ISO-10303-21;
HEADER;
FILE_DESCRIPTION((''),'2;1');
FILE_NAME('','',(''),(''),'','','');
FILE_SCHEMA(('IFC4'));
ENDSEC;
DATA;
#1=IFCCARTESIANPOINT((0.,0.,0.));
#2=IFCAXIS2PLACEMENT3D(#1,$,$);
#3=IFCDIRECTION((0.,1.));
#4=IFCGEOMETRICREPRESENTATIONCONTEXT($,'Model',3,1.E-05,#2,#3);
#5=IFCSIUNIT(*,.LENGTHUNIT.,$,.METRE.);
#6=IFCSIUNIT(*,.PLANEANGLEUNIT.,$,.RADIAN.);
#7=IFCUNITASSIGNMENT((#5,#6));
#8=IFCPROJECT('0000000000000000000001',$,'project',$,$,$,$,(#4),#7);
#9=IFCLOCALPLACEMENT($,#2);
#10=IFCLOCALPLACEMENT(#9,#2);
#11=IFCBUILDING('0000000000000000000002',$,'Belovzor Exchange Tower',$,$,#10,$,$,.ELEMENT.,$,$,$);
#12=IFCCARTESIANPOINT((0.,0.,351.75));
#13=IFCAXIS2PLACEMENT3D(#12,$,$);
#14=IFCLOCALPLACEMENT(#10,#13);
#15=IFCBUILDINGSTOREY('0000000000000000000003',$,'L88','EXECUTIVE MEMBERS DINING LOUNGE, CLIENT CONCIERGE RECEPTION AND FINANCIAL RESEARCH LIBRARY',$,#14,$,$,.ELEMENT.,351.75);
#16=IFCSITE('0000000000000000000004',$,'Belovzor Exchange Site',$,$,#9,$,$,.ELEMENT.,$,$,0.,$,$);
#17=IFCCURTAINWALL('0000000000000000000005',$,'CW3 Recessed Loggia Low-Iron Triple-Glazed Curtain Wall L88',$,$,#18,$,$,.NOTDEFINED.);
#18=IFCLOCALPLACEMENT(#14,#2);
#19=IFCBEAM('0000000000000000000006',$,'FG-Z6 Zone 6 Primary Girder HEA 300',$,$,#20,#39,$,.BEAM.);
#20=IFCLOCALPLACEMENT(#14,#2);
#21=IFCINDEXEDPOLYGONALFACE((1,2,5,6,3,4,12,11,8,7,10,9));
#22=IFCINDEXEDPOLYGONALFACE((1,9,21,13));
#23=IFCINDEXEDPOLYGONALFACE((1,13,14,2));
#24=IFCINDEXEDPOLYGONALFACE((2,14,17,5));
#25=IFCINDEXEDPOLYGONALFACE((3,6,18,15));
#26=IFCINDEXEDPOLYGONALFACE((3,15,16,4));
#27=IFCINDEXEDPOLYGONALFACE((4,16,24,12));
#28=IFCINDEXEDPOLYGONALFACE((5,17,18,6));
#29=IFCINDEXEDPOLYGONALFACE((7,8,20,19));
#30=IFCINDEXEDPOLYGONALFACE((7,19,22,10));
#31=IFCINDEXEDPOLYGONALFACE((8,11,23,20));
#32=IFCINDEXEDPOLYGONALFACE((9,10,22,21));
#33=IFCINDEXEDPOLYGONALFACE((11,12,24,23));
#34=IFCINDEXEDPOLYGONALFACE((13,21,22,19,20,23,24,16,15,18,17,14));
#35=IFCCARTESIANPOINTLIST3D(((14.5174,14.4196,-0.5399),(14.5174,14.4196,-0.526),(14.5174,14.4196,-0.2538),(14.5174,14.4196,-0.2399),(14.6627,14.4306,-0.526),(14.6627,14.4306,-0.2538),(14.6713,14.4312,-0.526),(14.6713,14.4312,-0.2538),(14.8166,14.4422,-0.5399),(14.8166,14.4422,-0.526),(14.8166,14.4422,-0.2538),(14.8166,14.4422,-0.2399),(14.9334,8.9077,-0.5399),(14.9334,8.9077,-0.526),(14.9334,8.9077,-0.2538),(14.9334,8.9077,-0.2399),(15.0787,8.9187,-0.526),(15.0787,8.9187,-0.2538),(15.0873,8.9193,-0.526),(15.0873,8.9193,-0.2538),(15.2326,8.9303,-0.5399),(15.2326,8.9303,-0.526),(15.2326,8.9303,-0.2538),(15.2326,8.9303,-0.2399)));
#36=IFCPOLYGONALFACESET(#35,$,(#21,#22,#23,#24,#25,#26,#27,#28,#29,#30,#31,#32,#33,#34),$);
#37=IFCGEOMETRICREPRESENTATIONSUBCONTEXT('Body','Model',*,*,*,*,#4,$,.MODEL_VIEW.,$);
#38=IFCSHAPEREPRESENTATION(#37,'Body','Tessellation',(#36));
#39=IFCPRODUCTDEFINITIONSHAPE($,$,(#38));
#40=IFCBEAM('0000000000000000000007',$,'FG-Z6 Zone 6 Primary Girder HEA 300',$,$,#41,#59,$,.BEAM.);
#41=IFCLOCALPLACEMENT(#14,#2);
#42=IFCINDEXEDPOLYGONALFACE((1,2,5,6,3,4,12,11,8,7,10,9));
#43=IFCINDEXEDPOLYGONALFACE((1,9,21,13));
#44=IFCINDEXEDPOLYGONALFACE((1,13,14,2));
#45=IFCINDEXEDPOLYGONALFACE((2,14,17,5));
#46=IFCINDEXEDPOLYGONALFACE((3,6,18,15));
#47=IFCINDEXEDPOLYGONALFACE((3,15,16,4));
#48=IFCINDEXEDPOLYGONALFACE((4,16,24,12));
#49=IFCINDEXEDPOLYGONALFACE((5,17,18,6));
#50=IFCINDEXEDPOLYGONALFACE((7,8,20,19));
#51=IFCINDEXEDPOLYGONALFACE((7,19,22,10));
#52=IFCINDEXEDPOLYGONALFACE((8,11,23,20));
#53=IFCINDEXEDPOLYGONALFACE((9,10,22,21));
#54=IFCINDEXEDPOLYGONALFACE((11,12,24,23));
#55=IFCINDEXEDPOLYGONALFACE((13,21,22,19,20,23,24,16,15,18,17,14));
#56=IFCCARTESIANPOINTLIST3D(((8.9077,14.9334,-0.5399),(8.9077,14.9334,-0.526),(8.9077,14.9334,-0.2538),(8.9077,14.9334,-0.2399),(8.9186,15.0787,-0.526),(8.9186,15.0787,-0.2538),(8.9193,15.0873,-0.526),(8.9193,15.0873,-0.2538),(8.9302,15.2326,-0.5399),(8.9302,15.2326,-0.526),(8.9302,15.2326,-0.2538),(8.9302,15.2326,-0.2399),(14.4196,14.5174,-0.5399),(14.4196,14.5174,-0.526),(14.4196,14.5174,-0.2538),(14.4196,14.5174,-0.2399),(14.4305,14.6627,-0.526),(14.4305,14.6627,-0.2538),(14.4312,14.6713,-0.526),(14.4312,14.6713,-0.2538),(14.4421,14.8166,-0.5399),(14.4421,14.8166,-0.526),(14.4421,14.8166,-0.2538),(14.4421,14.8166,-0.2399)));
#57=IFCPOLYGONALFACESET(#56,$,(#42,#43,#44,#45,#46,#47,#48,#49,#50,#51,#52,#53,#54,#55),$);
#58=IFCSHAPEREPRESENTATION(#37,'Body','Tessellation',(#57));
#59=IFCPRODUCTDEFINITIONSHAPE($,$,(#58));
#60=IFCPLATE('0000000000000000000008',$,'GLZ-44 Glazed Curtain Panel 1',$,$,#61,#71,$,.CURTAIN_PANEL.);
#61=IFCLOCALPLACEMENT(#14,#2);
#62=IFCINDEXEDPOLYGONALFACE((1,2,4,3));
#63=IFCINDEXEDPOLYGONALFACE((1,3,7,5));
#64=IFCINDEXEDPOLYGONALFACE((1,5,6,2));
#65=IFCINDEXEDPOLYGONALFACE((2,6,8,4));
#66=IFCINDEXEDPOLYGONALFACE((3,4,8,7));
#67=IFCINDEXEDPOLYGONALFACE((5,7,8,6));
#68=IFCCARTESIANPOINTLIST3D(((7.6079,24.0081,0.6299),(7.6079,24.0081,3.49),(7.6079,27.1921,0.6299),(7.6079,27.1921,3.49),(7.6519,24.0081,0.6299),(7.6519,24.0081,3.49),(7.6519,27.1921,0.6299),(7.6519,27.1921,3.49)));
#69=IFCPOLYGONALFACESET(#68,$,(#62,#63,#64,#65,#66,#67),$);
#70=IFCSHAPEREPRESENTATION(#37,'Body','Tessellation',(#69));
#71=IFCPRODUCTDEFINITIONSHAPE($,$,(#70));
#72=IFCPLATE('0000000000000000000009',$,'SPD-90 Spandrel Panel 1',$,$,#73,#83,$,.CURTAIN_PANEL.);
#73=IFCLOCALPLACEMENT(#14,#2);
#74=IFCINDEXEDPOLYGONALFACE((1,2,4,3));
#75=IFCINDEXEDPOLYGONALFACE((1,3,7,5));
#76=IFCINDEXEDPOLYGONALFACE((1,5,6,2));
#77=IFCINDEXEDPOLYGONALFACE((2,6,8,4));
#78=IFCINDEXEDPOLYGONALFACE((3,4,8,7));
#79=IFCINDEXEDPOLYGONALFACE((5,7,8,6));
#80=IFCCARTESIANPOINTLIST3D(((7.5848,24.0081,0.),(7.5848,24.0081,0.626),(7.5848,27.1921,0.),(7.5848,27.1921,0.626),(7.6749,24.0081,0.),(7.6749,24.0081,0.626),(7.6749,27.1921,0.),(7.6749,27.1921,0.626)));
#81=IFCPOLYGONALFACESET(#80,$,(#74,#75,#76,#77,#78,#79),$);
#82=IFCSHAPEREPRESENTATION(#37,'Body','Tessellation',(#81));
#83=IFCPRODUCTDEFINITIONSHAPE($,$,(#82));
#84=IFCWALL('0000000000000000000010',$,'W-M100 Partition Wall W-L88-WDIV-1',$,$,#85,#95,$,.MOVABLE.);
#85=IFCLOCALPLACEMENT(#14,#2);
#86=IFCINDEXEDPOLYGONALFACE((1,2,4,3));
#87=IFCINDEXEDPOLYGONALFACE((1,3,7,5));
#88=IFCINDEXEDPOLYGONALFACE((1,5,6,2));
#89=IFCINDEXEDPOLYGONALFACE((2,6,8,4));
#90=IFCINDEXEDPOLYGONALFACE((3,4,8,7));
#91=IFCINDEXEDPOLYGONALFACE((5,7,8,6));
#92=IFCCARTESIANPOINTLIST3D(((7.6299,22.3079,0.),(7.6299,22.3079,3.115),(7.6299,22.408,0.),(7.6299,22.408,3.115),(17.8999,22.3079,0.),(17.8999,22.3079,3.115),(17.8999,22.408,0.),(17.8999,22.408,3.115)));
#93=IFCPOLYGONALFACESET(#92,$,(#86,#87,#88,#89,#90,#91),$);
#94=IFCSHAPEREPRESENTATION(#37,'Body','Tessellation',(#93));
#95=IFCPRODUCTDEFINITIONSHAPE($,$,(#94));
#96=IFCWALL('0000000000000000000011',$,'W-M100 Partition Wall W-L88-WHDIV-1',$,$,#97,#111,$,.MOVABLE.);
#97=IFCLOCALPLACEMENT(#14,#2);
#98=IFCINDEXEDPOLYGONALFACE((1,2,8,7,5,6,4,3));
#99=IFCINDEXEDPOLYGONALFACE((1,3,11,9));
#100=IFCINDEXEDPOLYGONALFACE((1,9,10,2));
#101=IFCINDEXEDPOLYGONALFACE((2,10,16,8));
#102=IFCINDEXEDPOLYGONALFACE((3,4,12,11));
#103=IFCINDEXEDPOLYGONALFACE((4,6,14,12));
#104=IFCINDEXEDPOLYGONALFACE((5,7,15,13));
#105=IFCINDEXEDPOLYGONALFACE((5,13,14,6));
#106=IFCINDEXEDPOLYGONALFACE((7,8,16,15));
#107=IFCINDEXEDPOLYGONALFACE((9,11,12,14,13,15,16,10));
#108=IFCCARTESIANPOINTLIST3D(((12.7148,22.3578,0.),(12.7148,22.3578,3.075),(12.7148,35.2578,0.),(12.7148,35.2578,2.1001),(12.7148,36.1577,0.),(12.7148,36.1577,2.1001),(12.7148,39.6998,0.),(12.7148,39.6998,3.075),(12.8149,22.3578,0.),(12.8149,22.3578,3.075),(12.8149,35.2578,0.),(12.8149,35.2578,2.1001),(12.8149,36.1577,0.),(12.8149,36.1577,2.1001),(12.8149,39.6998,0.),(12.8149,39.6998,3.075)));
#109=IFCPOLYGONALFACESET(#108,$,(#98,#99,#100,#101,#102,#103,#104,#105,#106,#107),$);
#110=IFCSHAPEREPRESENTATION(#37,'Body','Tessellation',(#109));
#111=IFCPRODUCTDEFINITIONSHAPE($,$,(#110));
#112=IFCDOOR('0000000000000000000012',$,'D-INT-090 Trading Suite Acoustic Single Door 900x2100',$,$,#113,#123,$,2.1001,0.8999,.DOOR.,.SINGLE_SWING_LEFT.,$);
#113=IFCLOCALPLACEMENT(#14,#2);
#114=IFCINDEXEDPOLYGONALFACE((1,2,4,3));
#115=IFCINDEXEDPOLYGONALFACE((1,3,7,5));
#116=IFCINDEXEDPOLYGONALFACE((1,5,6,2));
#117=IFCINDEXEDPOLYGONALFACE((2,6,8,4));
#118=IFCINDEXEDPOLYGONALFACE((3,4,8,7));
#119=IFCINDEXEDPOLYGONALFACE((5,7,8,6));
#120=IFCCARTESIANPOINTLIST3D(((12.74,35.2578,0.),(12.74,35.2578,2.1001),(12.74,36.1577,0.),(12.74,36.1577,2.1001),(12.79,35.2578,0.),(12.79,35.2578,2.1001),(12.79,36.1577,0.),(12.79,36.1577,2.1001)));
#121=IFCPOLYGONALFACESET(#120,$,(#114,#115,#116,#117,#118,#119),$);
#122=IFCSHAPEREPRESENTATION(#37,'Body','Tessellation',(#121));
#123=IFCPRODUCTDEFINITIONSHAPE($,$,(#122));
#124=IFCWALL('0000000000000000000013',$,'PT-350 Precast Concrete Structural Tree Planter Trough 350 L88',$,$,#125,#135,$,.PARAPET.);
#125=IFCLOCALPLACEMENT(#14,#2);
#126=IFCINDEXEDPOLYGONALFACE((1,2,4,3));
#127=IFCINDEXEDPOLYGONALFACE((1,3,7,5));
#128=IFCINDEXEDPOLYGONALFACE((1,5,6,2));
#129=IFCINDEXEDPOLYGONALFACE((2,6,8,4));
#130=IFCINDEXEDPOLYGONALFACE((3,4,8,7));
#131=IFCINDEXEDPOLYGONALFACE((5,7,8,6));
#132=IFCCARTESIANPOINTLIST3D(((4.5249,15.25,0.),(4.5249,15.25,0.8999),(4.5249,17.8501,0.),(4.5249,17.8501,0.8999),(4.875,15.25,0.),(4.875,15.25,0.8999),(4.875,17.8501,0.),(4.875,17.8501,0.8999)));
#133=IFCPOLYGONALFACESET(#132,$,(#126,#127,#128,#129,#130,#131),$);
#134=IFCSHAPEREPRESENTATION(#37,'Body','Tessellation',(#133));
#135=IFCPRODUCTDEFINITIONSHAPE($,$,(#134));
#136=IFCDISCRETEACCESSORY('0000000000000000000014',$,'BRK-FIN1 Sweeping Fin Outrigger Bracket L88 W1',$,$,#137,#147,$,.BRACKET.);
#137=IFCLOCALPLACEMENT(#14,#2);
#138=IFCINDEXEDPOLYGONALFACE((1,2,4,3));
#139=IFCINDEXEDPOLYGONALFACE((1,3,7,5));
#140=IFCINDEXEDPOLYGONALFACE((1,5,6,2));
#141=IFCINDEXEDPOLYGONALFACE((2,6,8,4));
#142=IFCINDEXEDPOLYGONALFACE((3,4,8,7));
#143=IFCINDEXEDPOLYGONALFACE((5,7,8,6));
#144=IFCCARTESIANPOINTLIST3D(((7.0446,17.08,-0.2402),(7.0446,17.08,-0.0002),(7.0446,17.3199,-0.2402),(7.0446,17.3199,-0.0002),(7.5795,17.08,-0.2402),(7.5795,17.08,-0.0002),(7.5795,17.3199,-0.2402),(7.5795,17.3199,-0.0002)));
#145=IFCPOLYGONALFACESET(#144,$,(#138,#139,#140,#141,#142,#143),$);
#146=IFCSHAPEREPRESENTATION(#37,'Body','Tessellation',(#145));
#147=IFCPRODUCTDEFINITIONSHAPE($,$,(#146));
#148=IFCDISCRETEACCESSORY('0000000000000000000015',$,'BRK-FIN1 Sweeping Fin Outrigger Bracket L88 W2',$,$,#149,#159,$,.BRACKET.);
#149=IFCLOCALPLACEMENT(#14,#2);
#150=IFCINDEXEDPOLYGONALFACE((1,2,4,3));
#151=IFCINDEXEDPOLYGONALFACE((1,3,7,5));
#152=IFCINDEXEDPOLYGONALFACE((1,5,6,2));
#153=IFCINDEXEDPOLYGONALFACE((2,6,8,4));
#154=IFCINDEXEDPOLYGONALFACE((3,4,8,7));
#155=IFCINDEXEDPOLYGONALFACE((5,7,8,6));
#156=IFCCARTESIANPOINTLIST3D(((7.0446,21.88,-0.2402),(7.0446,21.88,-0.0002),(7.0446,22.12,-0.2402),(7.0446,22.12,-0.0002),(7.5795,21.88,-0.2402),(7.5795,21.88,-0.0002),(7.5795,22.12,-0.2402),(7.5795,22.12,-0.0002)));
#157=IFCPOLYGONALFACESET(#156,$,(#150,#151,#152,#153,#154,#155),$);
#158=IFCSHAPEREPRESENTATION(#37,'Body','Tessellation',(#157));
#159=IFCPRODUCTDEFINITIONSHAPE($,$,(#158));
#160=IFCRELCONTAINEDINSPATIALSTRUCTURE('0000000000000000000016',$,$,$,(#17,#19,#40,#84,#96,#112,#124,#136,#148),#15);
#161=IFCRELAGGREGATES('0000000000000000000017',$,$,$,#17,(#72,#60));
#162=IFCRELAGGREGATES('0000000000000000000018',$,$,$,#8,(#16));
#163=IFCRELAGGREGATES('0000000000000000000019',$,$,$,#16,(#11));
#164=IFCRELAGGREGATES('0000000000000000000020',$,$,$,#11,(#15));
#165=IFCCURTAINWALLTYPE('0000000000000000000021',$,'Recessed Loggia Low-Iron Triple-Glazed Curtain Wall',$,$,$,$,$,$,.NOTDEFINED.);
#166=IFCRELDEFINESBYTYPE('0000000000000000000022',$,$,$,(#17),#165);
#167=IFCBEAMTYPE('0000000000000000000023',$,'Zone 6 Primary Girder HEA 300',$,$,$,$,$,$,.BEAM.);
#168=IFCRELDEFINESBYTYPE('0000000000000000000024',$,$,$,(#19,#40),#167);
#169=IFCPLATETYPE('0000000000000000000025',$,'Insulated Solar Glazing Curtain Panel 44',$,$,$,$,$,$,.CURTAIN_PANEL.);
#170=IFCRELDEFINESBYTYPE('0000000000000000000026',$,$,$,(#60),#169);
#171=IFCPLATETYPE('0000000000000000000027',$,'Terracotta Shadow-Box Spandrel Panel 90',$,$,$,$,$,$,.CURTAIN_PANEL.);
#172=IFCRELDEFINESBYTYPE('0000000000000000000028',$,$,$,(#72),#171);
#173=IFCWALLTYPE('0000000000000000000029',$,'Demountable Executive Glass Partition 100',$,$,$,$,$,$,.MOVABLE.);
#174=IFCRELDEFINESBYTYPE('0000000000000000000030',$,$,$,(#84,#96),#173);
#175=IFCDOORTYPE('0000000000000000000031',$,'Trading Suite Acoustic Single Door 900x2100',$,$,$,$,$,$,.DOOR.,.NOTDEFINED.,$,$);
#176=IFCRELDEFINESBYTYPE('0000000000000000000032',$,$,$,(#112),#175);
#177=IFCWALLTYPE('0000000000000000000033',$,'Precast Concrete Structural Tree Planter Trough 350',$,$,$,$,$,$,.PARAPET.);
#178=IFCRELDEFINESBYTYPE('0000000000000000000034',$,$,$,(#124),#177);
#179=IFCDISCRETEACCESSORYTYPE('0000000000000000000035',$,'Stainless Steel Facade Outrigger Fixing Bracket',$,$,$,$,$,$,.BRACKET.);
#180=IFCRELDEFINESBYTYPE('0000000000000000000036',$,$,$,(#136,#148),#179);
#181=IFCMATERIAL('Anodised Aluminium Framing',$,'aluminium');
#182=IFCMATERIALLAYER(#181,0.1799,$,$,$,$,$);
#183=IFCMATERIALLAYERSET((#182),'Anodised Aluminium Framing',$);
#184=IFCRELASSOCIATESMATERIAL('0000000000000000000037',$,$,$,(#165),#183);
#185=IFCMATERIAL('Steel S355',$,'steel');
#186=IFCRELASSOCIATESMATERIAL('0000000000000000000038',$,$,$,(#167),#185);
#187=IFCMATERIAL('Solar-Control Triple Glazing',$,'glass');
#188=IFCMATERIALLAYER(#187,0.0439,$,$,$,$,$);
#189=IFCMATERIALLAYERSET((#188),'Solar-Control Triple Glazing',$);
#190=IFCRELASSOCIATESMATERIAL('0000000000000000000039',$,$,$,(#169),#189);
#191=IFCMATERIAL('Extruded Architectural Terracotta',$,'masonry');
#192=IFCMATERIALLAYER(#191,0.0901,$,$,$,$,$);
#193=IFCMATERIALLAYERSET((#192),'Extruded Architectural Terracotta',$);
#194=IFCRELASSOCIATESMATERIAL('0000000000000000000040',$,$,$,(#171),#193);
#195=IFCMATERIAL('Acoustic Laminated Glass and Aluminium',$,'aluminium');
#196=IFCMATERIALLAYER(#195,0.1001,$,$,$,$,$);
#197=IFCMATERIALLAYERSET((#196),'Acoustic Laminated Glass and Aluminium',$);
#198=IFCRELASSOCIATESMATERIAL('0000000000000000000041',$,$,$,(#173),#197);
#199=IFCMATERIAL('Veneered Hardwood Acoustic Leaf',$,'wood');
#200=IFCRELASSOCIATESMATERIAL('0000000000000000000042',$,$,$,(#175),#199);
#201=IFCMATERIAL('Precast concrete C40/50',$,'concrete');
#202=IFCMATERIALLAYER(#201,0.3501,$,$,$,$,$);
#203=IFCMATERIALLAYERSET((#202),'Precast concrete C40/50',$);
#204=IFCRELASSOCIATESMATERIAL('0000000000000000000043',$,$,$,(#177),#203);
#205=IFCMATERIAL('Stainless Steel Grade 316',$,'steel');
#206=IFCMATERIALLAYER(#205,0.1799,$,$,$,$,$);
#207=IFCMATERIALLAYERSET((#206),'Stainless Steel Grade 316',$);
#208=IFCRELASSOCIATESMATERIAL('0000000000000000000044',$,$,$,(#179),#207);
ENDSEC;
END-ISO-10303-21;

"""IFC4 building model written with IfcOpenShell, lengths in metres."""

from ifc_helpers import new_model, si_unit, direction, frame, frame_2d, origin, origin_2d, place, context, subcontext, project, spatial, rectangle, i_section, extrude, material, layer, layer_set, material_profile, profile_set, type_object, element, fill, aggregate, save


model = new_model("IFC4")

# Units and contexts
model_context = context("Model", 3, precision=1e-05, world=origin(), true_north=direction((0.0, 1.0)))
body_context = subcontext(model_context, "Body", "Model", "MODEL_VIEW")
ifc_project = project(units=[si_unit("LENGTHUNIT", "METRE"), si_unit("PLANEANGLEUNIT", "RADIAN")], contexts=[model_context])

# Site, building, storey
site_placement = place(None, origin())
site = spatial("IfcSite", under=ifc_project, at=site_placement, Name="Belovzor Exchange Site", CompositionType="ELEMENT", RefElevation=0.0)
building_placement = place(site_placement, origin())
building = spatial("IfcBuilding", under=site, at=building_placement, Name="Belovzor Exchange Tower", CompositionType="ELEMENT")
storey_placement = place(building_placement, frame((0.0, 0.0, 351.75)))
storey = spatial("IfcBuildingStorey", under=building, at=storey_placement, Name="L88", Description="EXECUTIVE MEMBERS DINING LOUNGE, CLIENT CONCIERGE RECEPTION AND FINANCIAL RESEARCH LIBRARY", CompositionType="ELEMENT", Elevation=351.75)

# Curtain wall
ifc_material_1 = material(Name="Anodised Aluminium Framing", Category="aluminium")
ifc_layer_1 = layer(ifc_material_1, 0.1799)
ifc_layer_set_1 = layer_set([ifc_layer_1], Name="Anodised Aluminium Framing")
curtain_wall_type = type_object("IfcCurtainWallType", Name="Recessed Loggia Low-Iron Triple-Glazed Curtain Wall", PredefinedType="NOTDEFINED", material=ifc_layer_set_1)
curtain_wall_placement = place(storey_placement, origin())
curtain_wall = element("IfcCurtainWall", 1, at=curtain_wall_placement, inside=storey, type_object=curtain_wall_type, Name="CW3 Recessed Loggia Low-Iron Triple-Glazed Curtain Wall L88", PredefinedType="NOTDEFINED")

# Beams
ifc_material_2 = material(Name="Steel S355", Category="steel")
ifc_material_profile_1 = material_profile(ifc_material_2, i_section(OverallWidth=0.3, OverallDepth=0.3, WebThickness=0.0085, FlangeThickness=0.0139, at=origin_2d()))
ifc_profile_set_1 = profile_set([ifc_material_profile_1], Name="Steel S355")
beam_type_1 = type_object("IfcBeamType", Name="Zone 6 Primary Girder HEA 300", PredefinedType="BEAM", material=ifc_profile_set_1)
for number, where, z_axis, x_axis, name in (
    (2, (14.667, 14.4309, -0.3899), (0.075261, -0.997164, 0.0), (0.997164, 0.075261, 0.0), "FG-Z6 Zone 6 Primary Girder HEA 300"),
    (3, (8.9189, 15.083, -0.3899), (0.997164, -0.075261, 0.0), (0.075261, 0.997164, 0.0), "FG-Z6 Zone 6 Primary Girder HEA 300"),
):
    element("IfcBeam", number, at=place(storey_placement, frame(where, z_axis=z_axis, x_axis=x_axis)), inside=storey, type_object=beam_type_1, Name=name, PredefinedType="BEAM", context=body_context, shape_type="SweptSolid", body=[
        extrude(i_section(OverallWidth=0.3, OverallDepth=0.3, WebThickness=0.0085, FlangeThickness=0.0139, at=origin_2d()), origin(), (0.0, 0.0, 1.0), 5.5276),
    ])

# Plates
ifc_material_3 = material(Name="Solar-Control Triple Glazing", Category="glass")
ifc_layer_2 = layer(ifc_material_3, 0.0439)
ifc_layer_set_2 = layer_set([ifc_layer_2], Name="Solar-Control Triple Glazing")
plate_type_1 = type_object("IfcPlateType", Name="Insulated Solar Glazing Curtain Panel 44", PredefinedType="CURTAIN_PANEL", material=ifc_layer_set_2)
plate_1_placement = place(storey_placement, frame((7.6299, 25.6001, 0.6299), z_axis=(0.0, 0.0, 1.0), x_axis=(0.0, 1.0, 0.0)))
plate_1 = element("IfcPlate", 4, at=plate_1_placement, type_object=plate_type_1, Name="GLZ-44 Glazed Curtain Panel 1", PredefinedType="CURTAIN_PANEL", context=body_context, shape_type="SweptSolid", body=[
    extrude(rectangle(XDim=3.1841, YDim=0.0439, at=origin_2d()), origin(), (0.0, 0.0, 1.0), 2.8601),
])
ifc_material_4 = material(Name="Extruded Architectural Terracotta", Category="masonry")
ifc_layer_3 = layer(ifc_material_4, 0.0901)
ifc_layer_set_3 = layer_set([ifc_layer_3], Name="Extruded Architectural Terracotta")
plate_type_2 = type_object("IfcPlateType", Name="Terracotta Shadow-Box Spandrel Panel 90", PredefinedType="CURTAIN_PANEL", material=ifc_layer_set_3)
plate_2_placement = place(storey_placement, frame((7.6299, 25.6001, 0.0), z_axis=(0.0, 0.0, 1.0), x_axis=(0.0, 1.0, 0.0)))
plate_2 = element("IfcPlate", 5, at=plate_2_placement, type_object=plate_type_2, Name="SPD-90 Spandrel Panel 1", PredefinedType="CURTAIN_PANEL", context=body_context, shape_type="SweptSolid", body=[
    extrude(rectangle(XDim=3.1841, YDim=0.0901, at=origin_2d()), origin(), (0.0, 0.0, 1.0), 0.626),
])
aggregate(curtain_wall, [plate_2, plate_1])

# Wall
ifc_material_5 = material(Name="Acoustic Laminated Glass and Aluminium", Category="aluminium")
ifc_layer_4 = layer(ifc_material_5, 0.1001)
ifc_layer_set_4 = layer_set([ifc_layer_4], Name="Acoustic Laminated Glass and Aluminium")
wall_type_1 = type_object("IfcWallType", Name="Demountable Executive Glass Partition 100", PredefinedType="MOVABLE", material=ifc_layer_set_4)
wall_1_placement = place(storey_placement, frame((7.6299, 22.3579, 0.0), z_axis=(0.0, 0.0, 1.0), x_axis=(1.0, 0.0, 0.0)))
element("IfcWall", 6, at=wall_1_placement, inside=storey, type_object=wall_type_1, Name="W-M100 Partition Wall W-L88-WDIV-1", PredefinedType="MOVABLE", context=body_context, shape_type="SweptSolid", body=[
    extrude(rectangle(XDim=10.27, YDim=0.1001, at=frame_2d((5.135, 0.0))), origin(), (0.0, 0.0, 1.0), 3.115),
])

# Wall, opening, door
wall_2_placement = place(storey_placement, frame((12.7649, 22.3579, 0.0), z_axis=(0.0, 0.0, 1.0), x_axis=(0.0, 1.0, 0.0)))
wall_2 = element("IfcWall", 7, at=wall_2_placement, inside=storey, type_object=wall_type_1, Name="W-M100 Partition Wall W-L88-WHDIV-1", PredefinedType="MOVABLE", context=body_context, shape_type="SweptSolid", body=[
    extrude(rectangle(XDim=17.342, YDim=0.1001, at=frame_2d((8.6709, 0.0))), origin(), (0.0, 0.0, 1.0), 3.075),
])
opening_placement = place(wall_2_placement, frame((12.8999, 0.0, 0.0)))
opening = element("IfcOpeningElement", 8, at=opening_placement, cuts=wall_2, PredefinedType="OPENING", context=body_context, shape_type="SweptSolid", body=[
    extrude(rectangle(XDim=0.8999, YDim=2.1001, at=frame_2d((0.45, 1.05))), frame((0.0, 0.0601, 0.0), z_axis=(0.0, -1.0, 0.0), x_axis=(1.0, 0.0, 0.0)), (0.0, 0.0, 1.0), 0.1201),
])
ifc_material_6 = material(Name="Veneered Hardwood Acoustic Leaf", Category="wood")
door_type = type_object("IfcDoorType", Name="Trading Suite Acoustic Single Door 900x2100", OperationType="NOTDEFINED", PredefinedType="DOOR", material=ifc_material_6)
door_placement = place(opening_placement, origin())
door = element("IfcDoor", 9, at=door_placement, inside=storey, type_object=door_type, Name="D-INT-090 Trading Suite Acoustic Single Door 900x2100", OperationType="SINGLE_SWING_LEFT", OverallHeight=2.1001, OverallWidth=0.8999, PredefinedType="DOOR", context=body_context, shape_type="SweptSolid", body=[
    extrude(rectangle(XDim=0.8999, YDim=2.1001, at=frame_2d((0.45, 1.05))), frame((0.0, 0.0249, 0.0), z_axis=(0.0, -1.0, 0.0), x_axis=(1.0, 0.0, 0.0)), (0.0, 0.0, 1.0), 0.05),
])
fill(opening, door)

# Wall
ifc_material_7 = material(Name="Precast concrete C40/50", Category="concrete")
ifc_layer_5 = layer(ifc_material_7, 0.3501)
ifc_layer_set_5 = layer_set([ifc_layer_5], Name="Precast concrete C40/50")
wall_type_2 = type_object("IfcWallType", Name="Precast Concrete Structural Tree Planter Trough 350", PredefinedType="PARAPET", material=ifc_layer_set_5)
wall_3_placement = place(storey_placement, frame((4.7, 15.25, 0.0), z_axis=(0.0, 0.0, 1.0), x_axis=(0.0, 1.0, 0.0)))
element("IfcWall", 10, at=wall_3_placement, inside=storey, type_object=wall_type_2, Name="PT-350 Precast Concrete Structural Tree Planter Trough 350 L88", PredefinedType="PARAPET", context=body_context, shape_type="SweptSolid", body=[
    extrude(rectangle(XDim=2.6001, YDim=0.3501, at=frame_2d((1.3, 0.0))), origin(), (0.0, 0.0, 1.0), 0.8999),
])

# Discrete accessories
ifc_material_8 = material(Name="Stainless Steel Grade 316", Category="steel")
ifc_layer_6 = layer(ifc_material_8, 0.1799)
ifc_layer_set_6 = layer_set([ifc_layer_6], Name="Stainless Steel Grade 316")
discrete_accessory_type = type_object("IfcDiscreteAccessoryType", Name="Stainless Steel Facade Outrigger Fixing Bracket", PredefinedType="BRACKET", material=ifc_layer_set_6)
for number, where, z_axis, x_axis, name in (
    (11, (7.312, 17.2, -0.2402), (0.0, 0.0, 1.0), (1.0, 0.0, 0.0), "BRK-FIN1 Sweeping Fin Outrigger Bracket L88 W1"),
    (12, (7.312, 22.0, -0.2402), (0.0, 0.0, 1.0), (1.0, 0.0, 0.0), "BRK-FIN1 Sweeping Fin Outrigger Bracket L88 W2"),
):
    element("IfcDiscreteAccessory", number, at=place(storey_placement, frame(where, z_axis=z_axis, x_axis=x_axis)), inside=storey, type_object=discrete_accessory_type, Name=name, PredefinedType="BRACKET", context=body_context, shape_type="SweptSolid", body=[
        extrude(rectangle(XDim=0.5349, YDim=0.24, at=origin_2d()), origin(), (0.0, 0.0, 1.0), 0.24),
    ])

save(model, "model.ifc")
